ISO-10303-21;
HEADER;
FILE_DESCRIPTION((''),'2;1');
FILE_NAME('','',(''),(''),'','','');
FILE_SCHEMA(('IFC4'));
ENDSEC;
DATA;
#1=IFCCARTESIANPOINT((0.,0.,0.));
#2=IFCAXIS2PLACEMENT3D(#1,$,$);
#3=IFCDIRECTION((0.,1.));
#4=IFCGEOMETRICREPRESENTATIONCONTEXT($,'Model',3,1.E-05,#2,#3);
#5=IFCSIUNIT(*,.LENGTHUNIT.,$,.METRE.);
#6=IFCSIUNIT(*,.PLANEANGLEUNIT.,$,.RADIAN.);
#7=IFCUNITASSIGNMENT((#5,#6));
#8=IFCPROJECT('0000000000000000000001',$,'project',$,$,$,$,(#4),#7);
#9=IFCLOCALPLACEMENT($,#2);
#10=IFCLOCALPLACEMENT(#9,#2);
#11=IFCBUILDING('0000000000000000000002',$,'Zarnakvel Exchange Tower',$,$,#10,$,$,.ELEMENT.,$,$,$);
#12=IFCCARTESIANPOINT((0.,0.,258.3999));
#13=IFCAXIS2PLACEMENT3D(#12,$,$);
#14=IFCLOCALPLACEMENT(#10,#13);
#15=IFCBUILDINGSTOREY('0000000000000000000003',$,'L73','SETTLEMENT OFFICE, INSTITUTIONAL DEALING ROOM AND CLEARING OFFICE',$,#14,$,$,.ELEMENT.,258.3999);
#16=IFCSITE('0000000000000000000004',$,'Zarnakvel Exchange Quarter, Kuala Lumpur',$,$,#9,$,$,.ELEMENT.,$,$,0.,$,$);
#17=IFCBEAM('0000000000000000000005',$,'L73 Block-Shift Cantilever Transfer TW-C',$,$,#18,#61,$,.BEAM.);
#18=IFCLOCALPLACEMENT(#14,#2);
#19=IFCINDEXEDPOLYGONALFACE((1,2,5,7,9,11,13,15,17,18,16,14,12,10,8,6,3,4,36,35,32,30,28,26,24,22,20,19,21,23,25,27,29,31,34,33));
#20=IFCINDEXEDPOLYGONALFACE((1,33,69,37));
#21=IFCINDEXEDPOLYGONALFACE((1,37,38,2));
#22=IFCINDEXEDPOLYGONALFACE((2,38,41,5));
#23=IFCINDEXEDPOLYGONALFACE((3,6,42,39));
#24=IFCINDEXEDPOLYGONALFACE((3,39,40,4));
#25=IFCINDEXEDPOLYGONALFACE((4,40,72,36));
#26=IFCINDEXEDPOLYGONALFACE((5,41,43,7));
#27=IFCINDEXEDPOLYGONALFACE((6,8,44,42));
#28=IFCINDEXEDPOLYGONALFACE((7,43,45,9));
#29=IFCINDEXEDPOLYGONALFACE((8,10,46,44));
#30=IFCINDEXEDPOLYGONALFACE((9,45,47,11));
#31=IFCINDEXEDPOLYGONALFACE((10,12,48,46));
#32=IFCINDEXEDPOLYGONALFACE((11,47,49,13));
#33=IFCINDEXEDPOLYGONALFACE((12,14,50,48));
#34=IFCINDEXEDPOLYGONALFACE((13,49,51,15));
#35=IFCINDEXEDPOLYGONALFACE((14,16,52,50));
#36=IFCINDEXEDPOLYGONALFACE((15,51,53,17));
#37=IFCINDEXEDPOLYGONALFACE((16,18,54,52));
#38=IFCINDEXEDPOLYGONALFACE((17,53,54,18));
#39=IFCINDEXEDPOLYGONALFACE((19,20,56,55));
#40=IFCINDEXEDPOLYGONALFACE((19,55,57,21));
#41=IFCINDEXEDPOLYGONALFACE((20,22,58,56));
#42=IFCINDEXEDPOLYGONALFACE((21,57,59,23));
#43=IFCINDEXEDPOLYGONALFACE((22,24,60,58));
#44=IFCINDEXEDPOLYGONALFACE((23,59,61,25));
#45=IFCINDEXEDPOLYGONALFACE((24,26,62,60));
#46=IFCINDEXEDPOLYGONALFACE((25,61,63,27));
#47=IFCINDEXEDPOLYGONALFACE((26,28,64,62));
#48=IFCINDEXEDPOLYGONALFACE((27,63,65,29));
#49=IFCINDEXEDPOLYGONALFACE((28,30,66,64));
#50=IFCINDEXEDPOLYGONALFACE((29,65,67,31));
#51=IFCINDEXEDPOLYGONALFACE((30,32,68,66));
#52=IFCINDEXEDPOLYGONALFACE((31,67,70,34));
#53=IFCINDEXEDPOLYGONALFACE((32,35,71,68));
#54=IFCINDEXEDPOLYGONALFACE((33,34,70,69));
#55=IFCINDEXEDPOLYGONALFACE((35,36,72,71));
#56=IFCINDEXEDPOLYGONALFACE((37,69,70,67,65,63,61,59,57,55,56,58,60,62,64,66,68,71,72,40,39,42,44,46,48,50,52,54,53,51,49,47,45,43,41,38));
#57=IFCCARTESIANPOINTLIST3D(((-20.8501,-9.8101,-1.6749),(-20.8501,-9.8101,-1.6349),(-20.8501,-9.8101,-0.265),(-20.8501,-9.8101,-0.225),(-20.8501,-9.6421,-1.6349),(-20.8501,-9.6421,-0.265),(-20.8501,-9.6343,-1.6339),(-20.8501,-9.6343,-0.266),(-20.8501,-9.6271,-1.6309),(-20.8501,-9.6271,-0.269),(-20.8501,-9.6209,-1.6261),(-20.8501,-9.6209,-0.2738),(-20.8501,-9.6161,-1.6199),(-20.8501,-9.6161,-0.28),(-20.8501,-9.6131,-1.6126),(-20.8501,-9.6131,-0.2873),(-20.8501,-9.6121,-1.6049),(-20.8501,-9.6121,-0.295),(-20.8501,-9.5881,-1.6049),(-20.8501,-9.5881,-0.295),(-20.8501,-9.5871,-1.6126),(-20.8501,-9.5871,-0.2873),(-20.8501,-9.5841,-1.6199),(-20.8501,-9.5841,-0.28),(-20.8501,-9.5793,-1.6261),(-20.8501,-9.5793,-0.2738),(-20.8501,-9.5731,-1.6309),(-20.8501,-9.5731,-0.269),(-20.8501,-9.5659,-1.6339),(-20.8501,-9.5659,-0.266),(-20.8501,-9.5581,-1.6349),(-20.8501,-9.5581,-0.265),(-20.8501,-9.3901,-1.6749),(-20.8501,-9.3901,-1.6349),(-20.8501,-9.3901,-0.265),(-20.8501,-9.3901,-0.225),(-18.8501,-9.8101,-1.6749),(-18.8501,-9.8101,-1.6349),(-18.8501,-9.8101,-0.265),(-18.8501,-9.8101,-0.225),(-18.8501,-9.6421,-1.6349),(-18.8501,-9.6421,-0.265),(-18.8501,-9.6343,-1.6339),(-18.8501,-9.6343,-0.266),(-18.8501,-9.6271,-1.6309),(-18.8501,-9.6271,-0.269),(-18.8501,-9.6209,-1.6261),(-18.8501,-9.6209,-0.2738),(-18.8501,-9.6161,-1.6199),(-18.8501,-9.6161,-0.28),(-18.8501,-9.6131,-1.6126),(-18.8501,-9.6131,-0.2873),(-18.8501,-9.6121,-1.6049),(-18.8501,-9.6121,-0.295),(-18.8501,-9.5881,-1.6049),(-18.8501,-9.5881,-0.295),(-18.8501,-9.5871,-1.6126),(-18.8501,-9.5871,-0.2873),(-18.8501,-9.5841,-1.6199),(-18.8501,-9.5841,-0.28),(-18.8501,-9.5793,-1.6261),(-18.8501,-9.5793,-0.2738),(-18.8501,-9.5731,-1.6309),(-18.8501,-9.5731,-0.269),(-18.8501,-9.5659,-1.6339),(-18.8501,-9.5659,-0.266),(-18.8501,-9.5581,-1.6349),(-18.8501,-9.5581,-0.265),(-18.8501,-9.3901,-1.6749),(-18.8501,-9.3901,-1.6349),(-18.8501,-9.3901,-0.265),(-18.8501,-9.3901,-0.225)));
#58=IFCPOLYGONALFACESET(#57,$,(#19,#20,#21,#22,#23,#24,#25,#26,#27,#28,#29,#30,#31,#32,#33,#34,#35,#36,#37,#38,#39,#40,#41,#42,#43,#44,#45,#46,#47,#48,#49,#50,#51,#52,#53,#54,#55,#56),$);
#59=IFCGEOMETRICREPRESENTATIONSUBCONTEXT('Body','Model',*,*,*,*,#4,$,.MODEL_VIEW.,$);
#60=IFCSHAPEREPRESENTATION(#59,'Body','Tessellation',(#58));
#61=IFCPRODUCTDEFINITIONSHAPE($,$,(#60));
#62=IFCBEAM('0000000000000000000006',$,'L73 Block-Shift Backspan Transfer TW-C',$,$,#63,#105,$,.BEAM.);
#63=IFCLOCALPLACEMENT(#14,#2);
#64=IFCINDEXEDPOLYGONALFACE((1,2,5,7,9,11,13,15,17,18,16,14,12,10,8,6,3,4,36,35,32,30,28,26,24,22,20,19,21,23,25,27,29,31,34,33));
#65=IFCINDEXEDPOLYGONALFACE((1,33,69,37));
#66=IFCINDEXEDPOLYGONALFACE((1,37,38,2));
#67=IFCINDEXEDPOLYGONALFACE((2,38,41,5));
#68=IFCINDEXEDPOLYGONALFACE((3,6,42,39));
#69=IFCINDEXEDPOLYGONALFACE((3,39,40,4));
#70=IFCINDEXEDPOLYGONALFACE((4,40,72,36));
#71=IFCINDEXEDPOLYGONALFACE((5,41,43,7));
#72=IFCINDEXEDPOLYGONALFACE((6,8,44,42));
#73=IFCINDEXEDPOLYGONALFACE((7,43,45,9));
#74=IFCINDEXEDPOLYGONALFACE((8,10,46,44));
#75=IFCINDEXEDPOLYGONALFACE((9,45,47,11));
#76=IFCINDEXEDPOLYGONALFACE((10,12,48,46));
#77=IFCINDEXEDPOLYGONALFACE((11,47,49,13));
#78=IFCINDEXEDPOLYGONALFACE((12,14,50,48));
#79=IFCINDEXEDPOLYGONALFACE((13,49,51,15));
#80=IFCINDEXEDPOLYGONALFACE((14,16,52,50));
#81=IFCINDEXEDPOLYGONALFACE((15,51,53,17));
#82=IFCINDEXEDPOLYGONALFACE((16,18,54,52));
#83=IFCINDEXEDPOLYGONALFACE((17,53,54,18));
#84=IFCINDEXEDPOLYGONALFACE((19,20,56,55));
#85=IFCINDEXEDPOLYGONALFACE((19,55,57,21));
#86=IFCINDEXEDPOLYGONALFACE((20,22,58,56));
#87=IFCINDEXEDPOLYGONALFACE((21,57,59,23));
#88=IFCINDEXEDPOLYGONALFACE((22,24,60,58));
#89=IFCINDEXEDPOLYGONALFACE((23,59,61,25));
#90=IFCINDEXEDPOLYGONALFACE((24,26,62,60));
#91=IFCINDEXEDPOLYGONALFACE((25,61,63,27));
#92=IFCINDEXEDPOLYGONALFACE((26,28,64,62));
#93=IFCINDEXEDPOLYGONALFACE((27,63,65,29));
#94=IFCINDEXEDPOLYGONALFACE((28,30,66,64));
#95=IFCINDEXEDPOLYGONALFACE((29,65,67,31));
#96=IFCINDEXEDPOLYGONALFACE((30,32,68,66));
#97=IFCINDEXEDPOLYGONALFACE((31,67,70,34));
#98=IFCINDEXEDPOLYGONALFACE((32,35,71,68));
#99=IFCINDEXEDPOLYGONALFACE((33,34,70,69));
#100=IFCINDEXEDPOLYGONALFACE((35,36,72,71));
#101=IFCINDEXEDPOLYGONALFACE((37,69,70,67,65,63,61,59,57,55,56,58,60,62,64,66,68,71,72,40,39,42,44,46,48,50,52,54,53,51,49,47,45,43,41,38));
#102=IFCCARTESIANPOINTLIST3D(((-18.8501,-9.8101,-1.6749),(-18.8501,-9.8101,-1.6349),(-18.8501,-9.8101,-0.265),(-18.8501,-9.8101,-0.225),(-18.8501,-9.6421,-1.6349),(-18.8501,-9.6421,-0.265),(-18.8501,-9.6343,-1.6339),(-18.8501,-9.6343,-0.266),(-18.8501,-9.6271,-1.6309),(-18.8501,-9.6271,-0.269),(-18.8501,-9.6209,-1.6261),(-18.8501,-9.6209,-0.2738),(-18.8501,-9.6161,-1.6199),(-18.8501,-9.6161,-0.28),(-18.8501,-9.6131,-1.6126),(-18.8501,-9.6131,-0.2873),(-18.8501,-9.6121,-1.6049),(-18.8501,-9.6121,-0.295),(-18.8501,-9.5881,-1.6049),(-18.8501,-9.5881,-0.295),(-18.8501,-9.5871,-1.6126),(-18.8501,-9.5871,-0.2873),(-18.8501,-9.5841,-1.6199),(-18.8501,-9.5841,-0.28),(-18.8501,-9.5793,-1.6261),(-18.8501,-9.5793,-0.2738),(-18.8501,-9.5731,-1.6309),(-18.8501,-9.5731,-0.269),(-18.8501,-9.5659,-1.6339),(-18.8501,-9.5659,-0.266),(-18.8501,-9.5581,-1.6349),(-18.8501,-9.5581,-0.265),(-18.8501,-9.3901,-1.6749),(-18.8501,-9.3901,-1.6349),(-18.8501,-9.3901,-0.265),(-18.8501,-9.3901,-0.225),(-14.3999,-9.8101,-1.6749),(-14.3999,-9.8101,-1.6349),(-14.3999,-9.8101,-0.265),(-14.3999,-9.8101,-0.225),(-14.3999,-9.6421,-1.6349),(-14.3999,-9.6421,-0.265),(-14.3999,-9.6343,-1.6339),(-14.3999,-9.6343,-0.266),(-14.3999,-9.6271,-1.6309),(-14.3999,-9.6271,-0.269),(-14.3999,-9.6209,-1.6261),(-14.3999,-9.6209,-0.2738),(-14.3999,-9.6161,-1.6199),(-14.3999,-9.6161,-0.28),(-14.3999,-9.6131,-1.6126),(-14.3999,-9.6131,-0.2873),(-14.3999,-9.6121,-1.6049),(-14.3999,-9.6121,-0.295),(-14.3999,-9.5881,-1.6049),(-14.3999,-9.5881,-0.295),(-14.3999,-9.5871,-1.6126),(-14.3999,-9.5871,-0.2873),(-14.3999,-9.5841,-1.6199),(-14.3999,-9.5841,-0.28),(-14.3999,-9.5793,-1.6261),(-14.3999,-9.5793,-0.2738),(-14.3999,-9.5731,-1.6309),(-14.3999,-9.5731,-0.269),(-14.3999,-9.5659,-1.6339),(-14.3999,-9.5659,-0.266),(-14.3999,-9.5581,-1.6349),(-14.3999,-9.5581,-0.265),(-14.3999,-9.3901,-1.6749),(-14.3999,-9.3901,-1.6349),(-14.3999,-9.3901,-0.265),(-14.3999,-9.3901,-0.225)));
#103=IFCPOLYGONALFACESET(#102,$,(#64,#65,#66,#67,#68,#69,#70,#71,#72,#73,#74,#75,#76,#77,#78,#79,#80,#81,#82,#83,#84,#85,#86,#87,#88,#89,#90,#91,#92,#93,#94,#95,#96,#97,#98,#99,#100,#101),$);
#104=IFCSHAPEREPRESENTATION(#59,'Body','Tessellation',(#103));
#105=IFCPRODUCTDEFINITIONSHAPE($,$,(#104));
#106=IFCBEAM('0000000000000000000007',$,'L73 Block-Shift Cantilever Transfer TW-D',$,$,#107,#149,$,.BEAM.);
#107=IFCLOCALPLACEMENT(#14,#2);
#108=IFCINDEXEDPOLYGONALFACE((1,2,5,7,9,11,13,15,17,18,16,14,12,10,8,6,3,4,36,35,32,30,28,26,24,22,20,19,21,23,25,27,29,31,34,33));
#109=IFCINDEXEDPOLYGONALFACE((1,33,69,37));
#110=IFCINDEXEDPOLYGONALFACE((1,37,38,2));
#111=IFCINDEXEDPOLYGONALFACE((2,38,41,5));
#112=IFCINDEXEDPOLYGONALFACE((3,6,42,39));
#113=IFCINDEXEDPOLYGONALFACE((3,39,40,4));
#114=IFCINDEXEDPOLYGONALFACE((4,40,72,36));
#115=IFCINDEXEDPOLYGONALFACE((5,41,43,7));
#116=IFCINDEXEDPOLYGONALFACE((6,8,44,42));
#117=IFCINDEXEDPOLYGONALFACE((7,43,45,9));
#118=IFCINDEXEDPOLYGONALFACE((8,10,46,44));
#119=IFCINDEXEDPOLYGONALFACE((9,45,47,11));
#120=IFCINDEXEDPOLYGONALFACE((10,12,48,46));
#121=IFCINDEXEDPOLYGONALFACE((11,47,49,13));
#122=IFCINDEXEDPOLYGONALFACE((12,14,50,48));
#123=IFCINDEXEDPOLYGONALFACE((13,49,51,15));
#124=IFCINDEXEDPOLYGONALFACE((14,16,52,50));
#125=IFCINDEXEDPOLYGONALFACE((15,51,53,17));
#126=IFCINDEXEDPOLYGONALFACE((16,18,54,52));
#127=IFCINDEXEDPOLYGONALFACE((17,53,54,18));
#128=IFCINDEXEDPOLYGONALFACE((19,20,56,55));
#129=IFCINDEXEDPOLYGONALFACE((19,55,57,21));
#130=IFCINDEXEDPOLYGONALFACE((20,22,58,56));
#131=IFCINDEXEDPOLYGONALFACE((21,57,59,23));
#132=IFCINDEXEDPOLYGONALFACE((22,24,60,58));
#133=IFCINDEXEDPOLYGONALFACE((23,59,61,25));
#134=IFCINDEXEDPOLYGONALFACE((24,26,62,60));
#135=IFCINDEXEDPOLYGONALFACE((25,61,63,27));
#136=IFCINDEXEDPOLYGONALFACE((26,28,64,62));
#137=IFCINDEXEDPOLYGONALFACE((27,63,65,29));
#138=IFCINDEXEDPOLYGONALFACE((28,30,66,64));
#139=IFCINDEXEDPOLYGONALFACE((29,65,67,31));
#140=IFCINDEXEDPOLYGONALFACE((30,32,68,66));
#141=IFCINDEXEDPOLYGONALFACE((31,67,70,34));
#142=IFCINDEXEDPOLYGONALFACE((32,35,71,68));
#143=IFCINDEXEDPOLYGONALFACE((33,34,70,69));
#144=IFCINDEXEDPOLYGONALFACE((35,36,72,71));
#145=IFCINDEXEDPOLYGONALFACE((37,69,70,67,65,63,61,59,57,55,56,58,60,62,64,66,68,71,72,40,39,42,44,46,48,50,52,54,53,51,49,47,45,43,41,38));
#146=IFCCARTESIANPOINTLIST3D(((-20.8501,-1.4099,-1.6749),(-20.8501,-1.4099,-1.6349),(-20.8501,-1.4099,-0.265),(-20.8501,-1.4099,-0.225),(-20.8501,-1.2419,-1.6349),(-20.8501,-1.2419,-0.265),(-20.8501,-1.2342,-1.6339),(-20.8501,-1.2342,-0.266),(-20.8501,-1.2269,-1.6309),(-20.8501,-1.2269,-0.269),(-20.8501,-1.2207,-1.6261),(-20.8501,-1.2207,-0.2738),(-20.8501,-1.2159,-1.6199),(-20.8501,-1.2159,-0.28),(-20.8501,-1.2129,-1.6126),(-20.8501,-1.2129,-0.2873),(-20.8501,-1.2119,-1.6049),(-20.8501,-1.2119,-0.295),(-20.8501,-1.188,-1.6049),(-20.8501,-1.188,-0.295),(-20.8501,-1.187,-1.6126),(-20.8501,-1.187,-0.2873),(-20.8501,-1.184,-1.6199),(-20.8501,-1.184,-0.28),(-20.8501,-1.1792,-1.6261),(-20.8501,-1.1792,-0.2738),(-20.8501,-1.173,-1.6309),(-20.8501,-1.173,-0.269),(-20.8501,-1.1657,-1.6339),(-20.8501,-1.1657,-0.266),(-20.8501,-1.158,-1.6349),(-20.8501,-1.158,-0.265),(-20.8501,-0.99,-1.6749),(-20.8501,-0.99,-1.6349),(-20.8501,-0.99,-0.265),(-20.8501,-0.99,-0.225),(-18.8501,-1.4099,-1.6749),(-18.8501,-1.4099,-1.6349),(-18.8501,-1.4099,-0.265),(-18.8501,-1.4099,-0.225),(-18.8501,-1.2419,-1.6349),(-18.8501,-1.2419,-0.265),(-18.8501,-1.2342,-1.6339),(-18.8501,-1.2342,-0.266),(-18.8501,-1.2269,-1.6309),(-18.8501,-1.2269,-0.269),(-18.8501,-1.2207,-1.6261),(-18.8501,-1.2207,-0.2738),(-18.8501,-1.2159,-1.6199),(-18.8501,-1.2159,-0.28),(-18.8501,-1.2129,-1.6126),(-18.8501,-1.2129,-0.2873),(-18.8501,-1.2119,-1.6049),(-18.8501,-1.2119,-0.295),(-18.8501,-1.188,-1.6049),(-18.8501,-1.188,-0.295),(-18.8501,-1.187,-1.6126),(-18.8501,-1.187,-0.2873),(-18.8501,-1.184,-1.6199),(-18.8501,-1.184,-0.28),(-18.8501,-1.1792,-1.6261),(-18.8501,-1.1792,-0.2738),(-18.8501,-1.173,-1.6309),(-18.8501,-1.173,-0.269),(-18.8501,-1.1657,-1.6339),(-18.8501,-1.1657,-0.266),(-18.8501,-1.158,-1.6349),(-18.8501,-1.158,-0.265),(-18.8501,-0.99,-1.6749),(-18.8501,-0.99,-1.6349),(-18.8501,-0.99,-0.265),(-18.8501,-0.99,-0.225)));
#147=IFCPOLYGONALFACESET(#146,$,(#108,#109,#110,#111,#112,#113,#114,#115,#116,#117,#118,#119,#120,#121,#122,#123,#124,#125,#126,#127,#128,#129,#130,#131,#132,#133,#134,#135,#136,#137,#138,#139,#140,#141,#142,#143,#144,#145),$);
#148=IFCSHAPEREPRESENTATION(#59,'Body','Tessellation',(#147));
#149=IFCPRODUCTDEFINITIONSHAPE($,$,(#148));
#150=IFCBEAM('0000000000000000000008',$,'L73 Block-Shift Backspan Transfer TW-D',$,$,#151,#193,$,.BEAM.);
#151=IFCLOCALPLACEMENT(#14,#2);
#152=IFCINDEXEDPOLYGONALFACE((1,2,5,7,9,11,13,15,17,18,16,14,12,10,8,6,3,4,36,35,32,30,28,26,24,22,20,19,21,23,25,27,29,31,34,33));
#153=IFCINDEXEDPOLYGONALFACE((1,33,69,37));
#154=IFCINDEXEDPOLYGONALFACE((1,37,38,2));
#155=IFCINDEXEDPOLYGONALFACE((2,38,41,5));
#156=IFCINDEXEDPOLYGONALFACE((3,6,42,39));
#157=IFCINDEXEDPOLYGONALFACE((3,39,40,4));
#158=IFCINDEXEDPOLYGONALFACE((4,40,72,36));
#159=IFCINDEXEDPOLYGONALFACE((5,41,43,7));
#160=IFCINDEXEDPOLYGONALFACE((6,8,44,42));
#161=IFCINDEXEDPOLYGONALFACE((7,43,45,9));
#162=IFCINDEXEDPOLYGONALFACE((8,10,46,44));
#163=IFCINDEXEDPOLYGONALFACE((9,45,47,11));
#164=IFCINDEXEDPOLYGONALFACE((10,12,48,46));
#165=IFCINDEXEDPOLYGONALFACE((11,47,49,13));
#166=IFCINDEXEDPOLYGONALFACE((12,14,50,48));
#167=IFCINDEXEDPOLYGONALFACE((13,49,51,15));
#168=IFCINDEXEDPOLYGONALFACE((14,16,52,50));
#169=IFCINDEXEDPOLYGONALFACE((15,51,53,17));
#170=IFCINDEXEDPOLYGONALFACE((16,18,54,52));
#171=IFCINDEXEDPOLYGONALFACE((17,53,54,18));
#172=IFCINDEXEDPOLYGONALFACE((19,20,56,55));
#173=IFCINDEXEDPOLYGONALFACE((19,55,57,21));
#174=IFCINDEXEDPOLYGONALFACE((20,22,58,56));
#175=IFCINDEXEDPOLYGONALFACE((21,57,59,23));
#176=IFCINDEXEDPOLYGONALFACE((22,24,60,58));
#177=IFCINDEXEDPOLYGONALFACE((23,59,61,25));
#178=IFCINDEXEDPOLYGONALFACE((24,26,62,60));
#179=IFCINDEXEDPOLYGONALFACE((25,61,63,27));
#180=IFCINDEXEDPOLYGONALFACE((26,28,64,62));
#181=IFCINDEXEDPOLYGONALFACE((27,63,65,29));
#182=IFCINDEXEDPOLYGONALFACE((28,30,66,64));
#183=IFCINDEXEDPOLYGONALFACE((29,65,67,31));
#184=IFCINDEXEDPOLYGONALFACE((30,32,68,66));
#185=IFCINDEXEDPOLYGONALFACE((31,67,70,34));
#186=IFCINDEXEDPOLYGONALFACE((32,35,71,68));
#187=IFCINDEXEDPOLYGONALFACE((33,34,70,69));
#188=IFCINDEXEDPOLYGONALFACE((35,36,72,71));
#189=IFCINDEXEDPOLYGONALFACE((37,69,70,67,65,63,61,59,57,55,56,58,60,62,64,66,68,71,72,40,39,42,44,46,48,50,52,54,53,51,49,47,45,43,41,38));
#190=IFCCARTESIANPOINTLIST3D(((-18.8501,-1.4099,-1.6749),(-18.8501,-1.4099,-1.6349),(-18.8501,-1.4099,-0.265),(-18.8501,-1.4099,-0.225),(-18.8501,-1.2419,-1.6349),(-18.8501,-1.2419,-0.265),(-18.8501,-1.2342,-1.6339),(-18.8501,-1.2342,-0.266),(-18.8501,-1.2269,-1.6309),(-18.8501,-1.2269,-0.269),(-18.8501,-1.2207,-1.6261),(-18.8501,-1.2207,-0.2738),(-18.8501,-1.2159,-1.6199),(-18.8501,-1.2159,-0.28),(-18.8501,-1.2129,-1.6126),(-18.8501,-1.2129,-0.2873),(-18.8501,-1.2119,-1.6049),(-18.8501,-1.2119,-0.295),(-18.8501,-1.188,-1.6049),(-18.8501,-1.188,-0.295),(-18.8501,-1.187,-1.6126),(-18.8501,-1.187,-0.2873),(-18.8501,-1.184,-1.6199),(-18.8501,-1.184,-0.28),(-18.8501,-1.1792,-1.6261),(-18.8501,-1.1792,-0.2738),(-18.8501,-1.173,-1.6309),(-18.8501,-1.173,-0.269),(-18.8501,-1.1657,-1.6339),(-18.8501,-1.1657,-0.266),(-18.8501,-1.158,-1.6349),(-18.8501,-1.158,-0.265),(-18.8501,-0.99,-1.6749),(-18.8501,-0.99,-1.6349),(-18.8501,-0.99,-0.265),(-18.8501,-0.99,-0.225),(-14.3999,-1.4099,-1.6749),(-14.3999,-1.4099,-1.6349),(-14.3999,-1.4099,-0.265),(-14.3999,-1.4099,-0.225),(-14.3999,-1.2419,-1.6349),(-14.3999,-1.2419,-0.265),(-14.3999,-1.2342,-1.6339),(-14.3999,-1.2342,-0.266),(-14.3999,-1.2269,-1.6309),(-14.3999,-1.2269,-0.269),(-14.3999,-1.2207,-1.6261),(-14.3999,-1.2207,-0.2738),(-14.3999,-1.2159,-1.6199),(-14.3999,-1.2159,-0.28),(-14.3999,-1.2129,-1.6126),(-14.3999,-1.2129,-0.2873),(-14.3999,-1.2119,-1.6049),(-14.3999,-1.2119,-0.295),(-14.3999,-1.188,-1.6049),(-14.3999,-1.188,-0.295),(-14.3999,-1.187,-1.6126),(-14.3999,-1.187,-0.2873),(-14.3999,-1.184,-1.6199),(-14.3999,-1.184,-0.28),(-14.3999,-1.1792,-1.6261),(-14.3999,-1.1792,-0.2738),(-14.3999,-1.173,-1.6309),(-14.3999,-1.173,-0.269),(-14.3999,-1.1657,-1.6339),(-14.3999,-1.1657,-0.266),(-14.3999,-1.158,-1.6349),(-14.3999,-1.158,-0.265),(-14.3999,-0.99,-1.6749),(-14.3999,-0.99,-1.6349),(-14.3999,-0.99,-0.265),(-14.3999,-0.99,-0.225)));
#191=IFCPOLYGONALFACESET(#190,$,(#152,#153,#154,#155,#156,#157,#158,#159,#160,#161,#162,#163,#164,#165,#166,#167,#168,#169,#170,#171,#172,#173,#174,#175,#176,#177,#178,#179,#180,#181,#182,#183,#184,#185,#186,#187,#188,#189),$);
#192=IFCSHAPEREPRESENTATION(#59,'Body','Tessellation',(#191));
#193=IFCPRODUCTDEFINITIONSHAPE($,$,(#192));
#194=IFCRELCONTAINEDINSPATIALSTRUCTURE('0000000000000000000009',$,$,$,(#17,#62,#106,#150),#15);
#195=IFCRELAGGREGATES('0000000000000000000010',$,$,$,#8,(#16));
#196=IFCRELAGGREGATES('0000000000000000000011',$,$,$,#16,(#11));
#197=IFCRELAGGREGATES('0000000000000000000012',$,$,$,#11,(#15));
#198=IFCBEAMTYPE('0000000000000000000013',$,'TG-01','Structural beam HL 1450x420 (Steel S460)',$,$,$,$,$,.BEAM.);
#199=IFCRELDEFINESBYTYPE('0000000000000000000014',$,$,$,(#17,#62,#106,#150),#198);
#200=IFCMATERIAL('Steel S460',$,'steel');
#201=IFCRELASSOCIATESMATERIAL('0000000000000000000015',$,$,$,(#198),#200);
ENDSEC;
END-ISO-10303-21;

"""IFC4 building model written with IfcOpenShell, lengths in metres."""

from ifc_helpers import new_model, si_unit, direction, frame, origin, origin_2d, place, context, subcontext, project, spatial, i_section, extrude, material, material_profile, profile_set, type_object, element, save


model = new_model("IFC4")

# Units and contexts
model_context = context("Model", 3, precision=1e-05, world=origin(), true_north=direction((0.0, 1.0)))
body_context = subcontext(model_context, "Body", "Model", "MODEL_VIEW")
ifc_project = project(units=[si_unit("LENGTHUNIT", "METRE"), si_unit("PLANEANGLEUNIT", "RADIAN")], contexts=[model_context])

# Site, building, storey
site_placement = place(None, origin())
site = spatial("IfcSite", under=ifc_project, at=site_placement, Name="Zarnakvel Exchange Quarter, Kuala Lumpur", CompositionType="ELEMENT", RefElevation=0.0)
building_placement = place(site_placement, origin())
building = spatial("IfcBuilding", under=site, at=building_placement, Name="Zarnakvel Exchange Tower", CompositionType="ELEMENT")
storey_placement = place(building_placement, frame((0.0, 0.0, 258.3999)))
storey = spatial("IfcBuildingStorey", under=building, at=storey_placement, Name="L73", Description="SETTLEMENT OFFICE, INSTITUTIONAL DEALING ROOM AND CLEARING OFFICE", CompositionType="ELEMENT", Elevation=258.3999)

# Beams
ifc_material_1 = material(Name="Steel S460", Category="steel")
ifc_material_profile_1 = material_profile(ifc_material_1, i_section(OverallWidth=0.4199, OverallDepth=1.45, WebThickness=0.0239, FlangeThickness=0.04, FilletRadius=0.03, at=origin_2d()))
ifc_profile_set_1 = profile_set([ifc_material_profile_1], Name="Steel S460")
beam_type_1 = type_object("IfcBeamType", Name="TG-01", Description="Structural beam HL 1450x420 (Steel S460)", PredefinedType="BEAM", material=ifc_profile_set_1)
beam_1_placement = place(storey_placement, frame((-20.8501, -9.6001, -0.95), z_axis=(1.0, 0.0, 0.0), x_axis=(0.0, 1.0, 0.0)))
element("IfcBeam", 1, at=beam_1_placement, inside=storey, type_object=beam_type_1, Name="L73 Block-Shift Cantilever Transfer TW-C", PredefinedType="BEAM", context=body_context, shape_type="SweptSolid", body=[
    extrude(i_section(OverallWidth=0.4199, OverallDepth=1.45, WebThickness=0.0239, FlangeThickness=0.04, FilletRadius=0.03, at=origin_2d()), origin(), (0.0, 0.0, 1.0), 2.0),
])
beam_2_placement = place(storey_placement, frame((-18.8501, -9.6001, -0.95), z_axis=(1.0, 0.0, 0.0), x_axis=(0.0, 1.0, 0.0)))
element("IfcBeam", 2, at=beam_2_placement, inside=storey, type_object=beam_type_1, Name="L73 Block-Shift Backspan Transfer TW-C", PredefinedType="BEAM", context=body_context, shape_type="SweptSolid", body=[
    extrude(i_section(OverallWidth=0.4199, OverallDepth=1.45, WebThickness=0.0239, FlangeThickness=0.04, FilletRadius=0.03, at=origin_2d()), origin(), (0.0, 0.0, 1.0), 4.4502),
])
beam_3_placement = place(storey_placement, frame((-20.8501, -1.2, -0.95), z_axis=(1.0, 0.0, 0.0), x_axis=(0.0, 1.0, 0.0)))
element("IfcBeam", 3, at=beam_3_placement, inside=storey, type_object=beam_type_1, Name="L73 Block-Shift Cantilever Transfer TW-D", PredefinedType="BEAM", context=body_context, shape_type="SweptSolid", body=[
    extrude(i_section(OverallWidth=0.4199, OverallDepth=1.45, WebThickness=0.0239, FlangeThickness=0.04, FilletRadius=0.03, at=origin_2d()), origin(), (0.0, 0.0, 1.0), 2.0),
])
beam_4_placement = place(storey_placement, frame((-18.8501, -1.2, -0.95), z_axis=(1.0, 0.0, 0.0), x_axis=(0.0, 1.0, 0.0)))
element("IfcBeam", 4, at=beam_4_placement, inside=storey, type_object=beam_type_1, Name="L73 Block-Shift Backspan Transfer TW-D", PredefinedType="BEAM", context=body_context, shape_type="SweptSolid", body=[
    extrude(i_section(OverallWidth=0.4199, OverallDepth=1.45, WebThickness=0.0239, FlangeThickness=0.04, FilletRadius=0.03, at=origin_2d()), origin(), (0.0, 0.0, 1.0), 4.4502),
])

save(model, "model.ifc")
